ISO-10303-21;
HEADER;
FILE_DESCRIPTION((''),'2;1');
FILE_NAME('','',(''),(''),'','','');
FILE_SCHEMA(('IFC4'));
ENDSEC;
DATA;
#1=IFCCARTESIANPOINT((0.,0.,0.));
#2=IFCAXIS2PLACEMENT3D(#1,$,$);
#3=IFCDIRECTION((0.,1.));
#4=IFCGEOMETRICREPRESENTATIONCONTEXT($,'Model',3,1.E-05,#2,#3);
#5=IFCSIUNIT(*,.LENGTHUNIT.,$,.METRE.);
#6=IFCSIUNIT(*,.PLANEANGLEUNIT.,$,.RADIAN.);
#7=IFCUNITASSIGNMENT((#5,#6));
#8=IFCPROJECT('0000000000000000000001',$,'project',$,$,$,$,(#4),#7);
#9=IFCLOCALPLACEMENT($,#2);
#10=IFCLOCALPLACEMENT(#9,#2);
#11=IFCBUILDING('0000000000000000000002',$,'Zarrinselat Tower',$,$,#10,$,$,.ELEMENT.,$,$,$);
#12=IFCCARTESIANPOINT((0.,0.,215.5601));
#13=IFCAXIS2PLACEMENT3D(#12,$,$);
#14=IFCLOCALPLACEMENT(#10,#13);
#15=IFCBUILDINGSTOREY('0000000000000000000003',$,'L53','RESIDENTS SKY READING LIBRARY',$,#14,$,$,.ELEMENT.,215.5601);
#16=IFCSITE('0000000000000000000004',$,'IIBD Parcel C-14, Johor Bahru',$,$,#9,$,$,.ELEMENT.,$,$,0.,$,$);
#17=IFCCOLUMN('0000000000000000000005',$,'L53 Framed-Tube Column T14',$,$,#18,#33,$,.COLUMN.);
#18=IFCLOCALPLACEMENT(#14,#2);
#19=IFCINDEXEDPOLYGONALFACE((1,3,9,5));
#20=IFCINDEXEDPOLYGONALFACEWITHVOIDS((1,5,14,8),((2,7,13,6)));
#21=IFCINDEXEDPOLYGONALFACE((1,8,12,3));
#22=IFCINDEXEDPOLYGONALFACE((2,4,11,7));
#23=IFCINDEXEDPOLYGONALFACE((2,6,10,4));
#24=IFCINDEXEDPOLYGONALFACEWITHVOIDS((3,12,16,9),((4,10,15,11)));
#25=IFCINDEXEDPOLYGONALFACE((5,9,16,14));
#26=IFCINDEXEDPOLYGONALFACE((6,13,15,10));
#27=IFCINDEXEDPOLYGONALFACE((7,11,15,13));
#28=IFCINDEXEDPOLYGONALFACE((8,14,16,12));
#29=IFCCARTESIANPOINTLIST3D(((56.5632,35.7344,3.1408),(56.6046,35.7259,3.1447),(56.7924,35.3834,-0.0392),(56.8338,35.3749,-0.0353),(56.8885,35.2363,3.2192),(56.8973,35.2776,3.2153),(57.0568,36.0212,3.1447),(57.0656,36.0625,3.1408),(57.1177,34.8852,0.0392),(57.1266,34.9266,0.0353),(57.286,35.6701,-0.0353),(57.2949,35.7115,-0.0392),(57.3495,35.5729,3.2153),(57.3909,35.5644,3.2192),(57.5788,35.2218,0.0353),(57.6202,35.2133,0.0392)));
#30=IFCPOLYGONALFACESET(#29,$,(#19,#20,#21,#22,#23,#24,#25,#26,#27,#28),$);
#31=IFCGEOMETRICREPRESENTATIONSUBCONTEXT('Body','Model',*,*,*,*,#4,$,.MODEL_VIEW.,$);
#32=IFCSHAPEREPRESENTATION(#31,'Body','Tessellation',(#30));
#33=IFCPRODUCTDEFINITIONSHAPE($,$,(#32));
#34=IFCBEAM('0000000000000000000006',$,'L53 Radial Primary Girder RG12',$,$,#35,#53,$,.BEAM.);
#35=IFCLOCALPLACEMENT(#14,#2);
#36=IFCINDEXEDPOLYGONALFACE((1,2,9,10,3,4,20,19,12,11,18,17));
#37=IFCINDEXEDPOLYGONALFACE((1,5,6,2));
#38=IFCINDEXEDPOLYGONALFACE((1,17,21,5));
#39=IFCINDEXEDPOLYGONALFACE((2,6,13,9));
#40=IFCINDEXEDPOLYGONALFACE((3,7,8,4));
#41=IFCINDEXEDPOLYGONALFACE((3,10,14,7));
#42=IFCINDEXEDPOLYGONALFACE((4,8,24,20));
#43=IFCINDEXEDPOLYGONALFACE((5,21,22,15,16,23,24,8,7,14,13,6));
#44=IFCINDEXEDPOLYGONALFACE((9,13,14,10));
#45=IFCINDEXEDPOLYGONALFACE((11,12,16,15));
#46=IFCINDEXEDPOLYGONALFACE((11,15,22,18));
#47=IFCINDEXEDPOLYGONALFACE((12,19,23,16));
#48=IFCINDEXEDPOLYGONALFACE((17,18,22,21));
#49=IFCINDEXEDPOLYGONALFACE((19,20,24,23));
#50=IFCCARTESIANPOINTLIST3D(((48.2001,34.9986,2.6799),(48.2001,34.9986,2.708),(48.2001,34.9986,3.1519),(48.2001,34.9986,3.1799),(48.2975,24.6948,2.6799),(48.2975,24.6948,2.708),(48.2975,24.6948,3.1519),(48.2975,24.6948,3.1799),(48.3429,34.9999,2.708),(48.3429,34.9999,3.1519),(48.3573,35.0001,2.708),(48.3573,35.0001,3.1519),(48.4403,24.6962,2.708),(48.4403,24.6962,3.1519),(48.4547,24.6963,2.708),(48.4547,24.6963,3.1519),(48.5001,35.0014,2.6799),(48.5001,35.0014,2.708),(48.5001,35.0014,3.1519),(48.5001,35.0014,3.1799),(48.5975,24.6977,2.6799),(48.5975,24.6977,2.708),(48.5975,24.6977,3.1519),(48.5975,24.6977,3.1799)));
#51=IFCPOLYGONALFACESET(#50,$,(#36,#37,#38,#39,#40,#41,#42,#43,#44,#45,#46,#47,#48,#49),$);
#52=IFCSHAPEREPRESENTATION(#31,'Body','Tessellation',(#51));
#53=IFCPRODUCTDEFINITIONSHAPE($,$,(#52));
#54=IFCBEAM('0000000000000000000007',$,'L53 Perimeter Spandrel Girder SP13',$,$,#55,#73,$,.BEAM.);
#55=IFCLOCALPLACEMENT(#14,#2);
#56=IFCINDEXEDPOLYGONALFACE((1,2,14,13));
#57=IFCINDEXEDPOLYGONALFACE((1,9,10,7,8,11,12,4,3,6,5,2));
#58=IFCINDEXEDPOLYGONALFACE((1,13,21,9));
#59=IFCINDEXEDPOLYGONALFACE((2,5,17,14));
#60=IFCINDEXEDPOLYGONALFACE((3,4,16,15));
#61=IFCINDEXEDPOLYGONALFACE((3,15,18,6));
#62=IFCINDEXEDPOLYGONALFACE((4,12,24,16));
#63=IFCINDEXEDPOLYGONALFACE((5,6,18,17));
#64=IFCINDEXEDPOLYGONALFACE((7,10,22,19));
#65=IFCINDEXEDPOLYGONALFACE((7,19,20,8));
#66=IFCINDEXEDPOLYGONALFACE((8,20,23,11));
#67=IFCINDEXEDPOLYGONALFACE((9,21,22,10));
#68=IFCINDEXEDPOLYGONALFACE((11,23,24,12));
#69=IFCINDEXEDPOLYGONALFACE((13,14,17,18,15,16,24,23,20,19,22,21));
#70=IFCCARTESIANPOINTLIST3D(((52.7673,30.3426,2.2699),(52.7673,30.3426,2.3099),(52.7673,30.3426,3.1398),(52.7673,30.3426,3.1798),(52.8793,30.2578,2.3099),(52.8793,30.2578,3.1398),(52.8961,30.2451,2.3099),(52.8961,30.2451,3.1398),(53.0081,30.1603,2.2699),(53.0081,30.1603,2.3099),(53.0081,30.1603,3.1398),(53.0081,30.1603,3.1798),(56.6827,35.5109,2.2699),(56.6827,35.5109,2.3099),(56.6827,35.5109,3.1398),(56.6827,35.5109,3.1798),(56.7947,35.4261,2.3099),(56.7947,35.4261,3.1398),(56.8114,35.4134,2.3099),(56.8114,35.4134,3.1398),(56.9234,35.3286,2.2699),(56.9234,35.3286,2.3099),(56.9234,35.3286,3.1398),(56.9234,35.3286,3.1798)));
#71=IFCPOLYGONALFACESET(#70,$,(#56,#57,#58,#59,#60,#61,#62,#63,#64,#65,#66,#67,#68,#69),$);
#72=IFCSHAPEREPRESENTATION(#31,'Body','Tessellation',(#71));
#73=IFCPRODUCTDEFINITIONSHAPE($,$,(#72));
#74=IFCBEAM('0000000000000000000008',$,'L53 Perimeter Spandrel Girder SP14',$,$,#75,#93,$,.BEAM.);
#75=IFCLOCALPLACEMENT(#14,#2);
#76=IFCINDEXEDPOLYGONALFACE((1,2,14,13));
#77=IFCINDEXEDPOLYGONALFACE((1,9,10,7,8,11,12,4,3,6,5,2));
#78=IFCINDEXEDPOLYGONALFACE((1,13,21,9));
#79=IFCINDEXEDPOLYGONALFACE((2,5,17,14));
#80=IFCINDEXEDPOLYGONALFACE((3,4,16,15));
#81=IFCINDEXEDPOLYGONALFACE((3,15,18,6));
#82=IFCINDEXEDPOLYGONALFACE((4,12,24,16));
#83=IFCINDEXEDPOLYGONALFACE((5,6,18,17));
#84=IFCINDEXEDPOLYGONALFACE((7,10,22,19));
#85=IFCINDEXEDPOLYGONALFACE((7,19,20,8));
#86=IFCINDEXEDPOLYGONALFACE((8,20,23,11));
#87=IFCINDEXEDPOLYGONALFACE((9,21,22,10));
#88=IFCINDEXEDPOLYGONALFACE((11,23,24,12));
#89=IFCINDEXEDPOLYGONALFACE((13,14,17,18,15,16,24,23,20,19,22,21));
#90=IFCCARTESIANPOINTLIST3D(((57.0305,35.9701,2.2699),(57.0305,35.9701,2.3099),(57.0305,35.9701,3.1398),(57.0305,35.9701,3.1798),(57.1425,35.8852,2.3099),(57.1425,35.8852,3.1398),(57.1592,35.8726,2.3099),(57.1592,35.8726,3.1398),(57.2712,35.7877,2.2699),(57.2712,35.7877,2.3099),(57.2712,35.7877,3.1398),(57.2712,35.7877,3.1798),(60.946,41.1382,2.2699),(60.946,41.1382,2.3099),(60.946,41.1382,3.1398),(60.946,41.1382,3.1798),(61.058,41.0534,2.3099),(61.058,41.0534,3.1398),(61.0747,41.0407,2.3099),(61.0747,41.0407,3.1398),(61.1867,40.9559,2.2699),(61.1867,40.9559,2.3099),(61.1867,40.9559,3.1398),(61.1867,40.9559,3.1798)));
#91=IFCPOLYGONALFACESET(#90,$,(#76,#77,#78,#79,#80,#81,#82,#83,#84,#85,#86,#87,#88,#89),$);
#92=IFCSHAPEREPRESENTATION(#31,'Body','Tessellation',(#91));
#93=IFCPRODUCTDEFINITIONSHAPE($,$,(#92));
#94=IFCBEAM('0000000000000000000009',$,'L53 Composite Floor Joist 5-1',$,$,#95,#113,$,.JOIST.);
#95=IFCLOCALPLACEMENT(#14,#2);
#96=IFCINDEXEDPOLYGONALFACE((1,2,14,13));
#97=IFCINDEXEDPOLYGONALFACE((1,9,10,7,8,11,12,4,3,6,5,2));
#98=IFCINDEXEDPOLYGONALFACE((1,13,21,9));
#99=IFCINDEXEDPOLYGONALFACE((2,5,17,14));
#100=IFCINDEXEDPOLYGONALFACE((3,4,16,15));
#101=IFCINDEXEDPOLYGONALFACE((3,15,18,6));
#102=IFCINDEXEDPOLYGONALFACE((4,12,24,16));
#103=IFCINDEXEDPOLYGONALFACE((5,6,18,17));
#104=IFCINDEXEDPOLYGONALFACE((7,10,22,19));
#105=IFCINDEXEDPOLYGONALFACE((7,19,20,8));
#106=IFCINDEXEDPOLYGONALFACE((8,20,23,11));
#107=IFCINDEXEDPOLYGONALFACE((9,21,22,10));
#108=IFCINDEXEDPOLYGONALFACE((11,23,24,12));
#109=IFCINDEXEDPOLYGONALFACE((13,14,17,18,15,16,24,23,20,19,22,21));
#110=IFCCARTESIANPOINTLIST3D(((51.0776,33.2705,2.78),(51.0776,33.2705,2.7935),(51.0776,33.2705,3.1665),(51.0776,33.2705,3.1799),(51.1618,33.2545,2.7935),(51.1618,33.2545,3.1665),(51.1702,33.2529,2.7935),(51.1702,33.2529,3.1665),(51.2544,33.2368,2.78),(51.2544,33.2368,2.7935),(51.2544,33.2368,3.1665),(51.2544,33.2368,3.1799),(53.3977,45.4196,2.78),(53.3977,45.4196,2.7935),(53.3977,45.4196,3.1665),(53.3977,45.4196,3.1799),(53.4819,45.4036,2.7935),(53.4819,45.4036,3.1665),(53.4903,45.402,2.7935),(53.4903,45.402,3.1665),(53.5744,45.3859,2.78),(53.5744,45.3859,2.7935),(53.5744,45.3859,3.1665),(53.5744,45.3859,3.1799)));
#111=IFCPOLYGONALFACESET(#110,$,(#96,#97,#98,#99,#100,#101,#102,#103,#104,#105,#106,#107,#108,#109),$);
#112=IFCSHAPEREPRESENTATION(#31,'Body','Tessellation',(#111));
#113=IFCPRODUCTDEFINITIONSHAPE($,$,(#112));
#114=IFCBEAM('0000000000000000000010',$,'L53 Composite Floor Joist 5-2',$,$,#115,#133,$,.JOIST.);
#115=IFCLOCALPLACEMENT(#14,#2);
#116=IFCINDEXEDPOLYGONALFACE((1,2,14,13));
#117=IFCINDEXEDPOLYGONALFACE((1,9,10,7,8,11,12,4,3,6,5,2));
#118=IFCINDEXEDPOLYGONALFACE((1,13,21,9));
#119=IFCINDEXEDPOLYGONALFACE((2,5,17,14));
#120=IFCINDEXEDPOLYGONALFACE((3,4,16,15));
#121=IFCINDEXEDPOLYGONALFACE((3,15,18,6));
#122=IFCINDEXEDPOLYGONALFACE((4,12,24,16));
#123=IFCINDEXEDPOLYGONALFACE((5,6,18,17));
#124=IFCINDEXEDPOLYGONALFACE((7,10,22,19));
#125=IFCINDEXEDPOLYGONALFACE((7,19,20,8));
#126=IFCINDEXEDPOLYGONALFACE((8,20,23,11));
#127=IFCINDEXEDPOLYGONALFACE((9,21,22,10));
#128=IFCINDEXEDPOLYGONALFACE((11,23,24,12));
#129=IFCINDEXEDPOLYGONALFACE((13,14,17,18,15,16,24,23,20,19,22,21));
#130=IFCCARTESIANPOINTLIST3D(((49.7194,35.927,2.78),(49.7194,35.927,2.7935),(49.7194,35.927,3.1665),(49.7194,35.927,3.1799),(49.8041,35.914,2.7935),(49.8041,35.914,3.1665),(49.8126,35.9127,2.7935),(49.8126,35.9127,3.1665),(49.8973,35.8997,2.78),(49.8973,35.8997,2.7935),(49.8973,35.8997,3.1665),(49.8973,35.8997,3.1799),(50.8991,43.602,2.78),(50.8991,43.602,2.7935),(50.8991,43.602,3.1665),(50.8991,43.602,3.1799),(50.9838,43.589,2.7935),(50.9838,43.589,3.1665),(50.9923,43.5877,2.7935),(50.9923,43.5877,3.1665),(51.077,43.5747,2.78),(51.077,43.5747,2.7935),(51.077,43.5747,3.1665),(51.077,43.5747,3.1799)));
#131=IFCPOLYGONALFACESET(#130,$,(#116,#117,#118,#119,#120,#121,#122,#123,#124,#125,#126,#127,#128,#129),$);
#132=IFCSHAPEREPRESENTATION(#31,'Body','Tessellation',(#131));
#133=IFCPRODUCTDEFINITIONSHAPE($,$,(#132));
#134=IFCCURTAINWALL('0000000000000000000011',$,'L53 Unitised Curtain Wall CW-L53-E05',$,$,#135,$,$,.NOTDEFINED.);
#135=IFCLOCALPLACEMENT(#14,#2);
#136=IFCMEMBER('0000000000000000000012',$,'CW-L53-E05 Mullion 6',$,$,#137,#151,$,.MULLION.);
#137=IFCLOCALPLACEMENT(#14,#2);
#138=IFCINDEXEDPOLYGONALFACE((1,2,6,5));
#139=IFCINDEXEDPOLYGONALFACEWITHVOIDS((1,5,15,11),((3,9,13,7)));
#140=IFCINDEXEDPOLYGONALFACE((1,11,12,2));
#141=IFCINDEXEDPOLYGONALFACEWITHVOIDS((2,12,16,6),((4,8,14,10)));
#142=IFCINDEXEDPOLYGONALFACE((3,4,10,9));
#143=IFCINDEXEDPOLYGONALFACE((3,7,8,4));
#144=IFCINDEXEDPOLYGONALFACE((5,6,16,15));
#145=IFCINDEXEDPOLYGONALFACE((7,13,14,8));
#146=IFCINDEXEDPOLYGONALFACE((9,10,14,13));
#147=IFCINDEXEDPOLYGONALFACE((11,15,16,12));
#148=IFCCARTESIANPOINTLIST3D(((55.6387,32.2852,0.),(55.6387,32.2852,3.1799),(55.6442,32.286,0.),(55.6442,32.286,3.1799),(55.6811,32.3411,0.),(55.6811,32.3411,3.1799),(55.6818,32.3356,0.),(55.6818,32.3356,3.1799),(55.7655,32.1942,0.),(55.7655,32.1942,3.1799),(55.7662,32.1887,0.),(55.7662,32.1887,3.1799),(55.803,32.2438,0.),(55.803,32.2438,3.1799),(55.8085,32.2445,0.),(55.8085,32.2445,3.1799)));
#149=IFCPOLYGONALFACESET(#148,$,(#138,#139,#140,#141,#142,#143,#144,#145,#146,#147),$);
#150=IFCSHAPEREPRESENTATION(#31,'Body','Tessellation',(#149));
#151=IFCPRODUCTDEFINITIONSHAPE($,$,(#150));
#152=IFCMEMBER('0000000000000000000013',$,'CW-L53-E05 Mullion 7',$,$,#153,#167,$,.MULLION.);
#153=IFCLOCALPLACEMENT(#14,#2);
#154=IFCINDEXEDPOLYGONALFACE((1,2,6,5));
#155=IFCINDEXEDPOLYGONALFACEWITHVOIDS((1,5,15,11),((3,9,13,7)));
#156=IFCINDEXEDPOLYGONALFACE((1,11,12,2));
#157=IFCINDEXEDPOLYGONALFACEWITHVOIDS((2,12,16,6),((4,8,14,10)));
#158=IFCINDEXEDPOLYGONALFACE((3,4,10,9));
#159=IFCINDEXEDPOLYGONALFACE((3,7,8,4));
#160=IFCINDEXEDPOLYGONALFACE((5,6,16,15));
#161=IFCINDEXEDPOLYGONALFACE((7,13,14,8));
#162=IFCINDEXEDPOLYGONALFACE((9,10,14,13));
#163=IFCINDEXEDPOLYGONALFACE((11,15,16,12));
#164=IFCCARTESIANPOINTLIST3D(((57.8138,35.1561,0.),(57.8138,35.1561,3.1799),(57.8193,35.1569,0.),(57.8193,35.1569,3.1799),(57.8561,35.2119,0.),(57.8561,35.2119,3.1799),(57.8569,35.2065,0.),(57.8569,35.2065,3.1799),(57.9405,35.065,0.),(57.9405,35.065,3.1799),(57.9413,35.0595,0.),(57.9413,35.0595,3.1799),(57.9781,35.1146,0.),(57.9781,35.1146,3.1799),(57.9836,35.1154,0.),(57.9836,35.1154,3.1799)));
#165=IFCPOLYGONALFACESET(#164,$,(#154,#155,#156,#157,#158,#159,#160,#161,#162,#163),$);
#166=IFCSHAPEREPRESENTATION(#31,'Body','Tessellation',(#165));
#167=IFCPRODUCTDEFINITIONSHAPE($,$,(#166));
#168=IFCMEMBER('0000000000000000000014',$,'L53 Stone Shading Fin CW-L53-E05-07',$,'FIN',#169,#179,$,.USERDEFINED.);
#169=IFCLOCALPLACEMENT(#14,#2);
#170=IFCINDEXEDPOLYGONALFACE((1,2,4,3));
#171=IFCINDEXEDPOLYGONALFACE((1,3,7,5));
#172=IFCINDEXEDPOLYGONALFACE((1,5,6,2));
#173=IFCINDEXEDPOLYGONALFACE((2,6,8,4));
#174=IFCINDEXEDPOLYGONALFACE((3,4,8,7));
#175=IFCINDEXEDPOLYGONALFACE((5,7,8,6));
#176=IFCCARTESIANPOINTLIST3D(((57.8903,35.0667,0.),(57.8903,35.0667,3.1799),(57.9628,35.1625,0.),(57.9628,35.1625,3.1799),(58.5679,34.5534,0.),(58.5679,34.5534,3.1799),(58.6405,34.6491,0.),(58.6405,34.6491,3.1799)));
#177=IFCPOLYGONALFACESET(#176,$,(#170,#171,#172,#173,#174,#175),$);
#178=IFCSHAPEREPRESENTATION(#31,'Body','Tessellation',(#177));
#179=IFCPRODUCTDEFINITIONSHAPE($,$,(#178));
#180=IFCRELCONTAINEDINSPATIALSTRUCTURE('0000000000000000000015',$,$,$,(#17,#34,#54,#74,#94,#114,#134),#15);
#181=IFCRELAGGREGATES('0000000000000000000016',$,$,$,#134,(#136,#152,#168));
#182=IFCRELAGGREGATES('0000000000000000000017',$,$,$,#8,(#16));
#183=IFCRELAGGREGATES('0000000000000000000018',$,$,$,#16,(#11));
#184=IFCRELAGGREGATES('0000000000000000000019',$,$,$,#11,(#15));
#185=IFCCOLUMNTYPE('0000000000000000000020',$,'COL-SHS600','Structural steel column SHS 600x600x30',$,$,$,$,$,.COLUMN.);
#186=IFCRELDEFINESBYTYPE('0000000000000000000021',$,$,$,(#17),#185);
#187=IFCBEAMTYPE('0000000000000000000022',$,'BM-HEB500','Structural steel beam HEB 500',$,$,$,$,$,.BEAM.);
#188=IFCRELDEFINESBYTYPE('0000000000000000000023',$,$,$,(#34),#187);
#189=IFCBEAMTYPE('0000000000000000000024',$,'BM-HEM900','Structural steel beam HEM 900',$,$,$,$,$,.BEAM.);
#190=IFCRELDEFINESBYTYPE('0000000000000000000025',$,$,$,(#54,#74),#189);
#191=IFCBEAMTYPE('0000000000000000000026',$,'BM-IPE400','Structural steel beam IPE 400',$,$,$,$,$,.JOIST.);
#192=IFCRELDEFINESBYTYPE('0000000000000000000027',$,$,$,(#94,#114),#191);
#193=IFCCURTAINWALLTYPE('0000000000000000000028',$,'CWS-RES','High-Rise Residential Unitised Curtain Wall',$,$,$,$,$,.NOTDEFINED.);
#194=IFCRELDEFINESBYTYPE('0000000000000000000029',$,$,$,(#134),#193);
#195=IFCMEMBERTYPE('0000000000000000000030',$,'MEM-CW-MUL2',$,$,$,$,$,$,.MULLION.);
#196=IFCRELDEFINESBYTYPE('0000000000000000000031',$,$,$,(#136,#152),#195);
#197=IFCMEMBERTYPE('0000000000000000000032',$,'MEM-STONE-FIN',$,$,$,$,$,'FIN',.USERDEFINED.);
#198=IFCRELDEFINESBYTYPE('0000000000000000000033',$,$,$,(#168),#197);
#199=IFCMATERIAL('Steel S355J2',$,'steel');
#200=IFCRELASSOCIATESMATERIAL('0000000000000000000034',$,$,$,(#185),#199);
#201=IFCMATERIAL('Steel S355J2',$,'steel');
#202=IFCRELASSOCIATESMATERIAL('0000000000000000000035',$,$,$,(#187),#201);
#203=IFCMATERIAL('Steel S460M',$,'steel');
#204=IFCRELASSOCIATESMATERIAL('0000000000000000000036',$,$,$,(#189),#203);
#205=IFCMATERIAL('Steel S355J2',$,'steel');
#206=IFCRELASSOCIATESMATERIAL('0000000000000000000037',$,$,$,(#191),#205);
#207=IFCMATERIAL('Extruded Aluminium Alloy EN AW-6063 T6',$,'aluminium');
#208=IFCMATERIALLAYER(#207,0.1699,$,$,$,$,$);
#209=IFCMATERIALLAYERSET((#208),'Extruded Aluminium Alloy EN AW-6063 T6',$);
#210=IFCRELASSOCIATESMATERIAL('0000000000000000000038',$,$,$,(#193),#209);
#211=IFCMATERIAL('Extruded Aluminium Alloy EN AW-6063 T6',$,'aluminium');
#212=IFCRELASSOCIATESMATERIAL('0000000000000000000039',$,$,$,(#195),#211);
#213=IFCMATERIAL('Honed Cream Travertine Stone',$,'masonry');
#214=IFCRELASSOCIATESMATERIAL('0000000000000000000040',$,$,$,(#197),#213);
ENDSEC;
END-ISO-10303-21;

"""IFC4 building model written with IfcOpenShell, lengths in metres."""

from ifc_helpers import new_model, si_unit, direction, frame, origin, origin_2d, place, context, subcontext, project, spatial, rectangle, hollow_rectangle, i_section, extrude, material, layer, layer_set, material_profile, profile_set, type_object, element, aggregate, save


model = new_model("IFC4")

# Units and contexts
model_context = context("Model", 3, precision=1e-05, world=origin(), true_north=direction((0.0, 1.0)))
body_context = subcontext(model_context, "Body", "Model", "MODEL_VIEW")
ifc_project = project(units=[si_unit("LENGTHUNIT", "METRE"), si_unit("PLANEANGLEUNIT", "RADIAN")], contexts=[model_context])

# Site, building, storey
site_placement = place(None, origin())
site = spatial("IfcSite", under=ifc_project, at=site_placement, Name="IIBD Parcel C-14, Johor Bahru", CompositionType="ELEMENT", RefElevation=0.0)
building_placement = place(site_placement, origin())
building = spatial("IfcBuilding", under=site, at=building_placement, Name="Zarrinselat Tower", CompositionType="ELEMENT")
storey_placement = place(building_placement, frame((0.0, 0.0, 215.5601)))
storey = spatial("IfcBuildingStorey", under=building, at=storey_placement, Name="L53", Description="RESIDENTS SKY READING LIBRARY", CompositionType="ELEMENT", Elevation=215.5601)

# Column
ifc_material_1 = material(Name="Steel S355J2", Category="steel")
ifc_material_profile_1 = material_profile(ifc_material_1, hollow_rectangle(XDim=0.6001, YDim=0.6001, WallThickness=0.03, at=origin_2d()), Name="SHS 600x600x30")
ifc_profile_set_1 = profile_set([ifc_material_profile_1], Name="Steel S355J2")
column_type = type_object("IfcColumnType", Name="COL-SHS600", Description="Structural steel column SHS 600x600x30", PredefinedType="COLUMN", material=ifc_profile_set_1)
column_placement = place(storey_placement, frame((57.2063, 35.2983, 0.0), z_axis=(-0.071473, 0.109456, 0.991419), x_axis=(-0.837298, -0.546747, 0.0)))
element("IfcColumn", 1, at=column_placement, inside=storey, type_object=column_type, Name="L53 Framed-Tube Column T14", PredefinedType="COLUMN", context=body_context, shape_type="SweptSolid", body=[
    extrude(hollow_rectangle(XDim=0.6001, YDim=0.6001, WallThickness=0.03, at=origin_2d()), origin(), (0.0, 0.0, 1.0), 3.2075),
])

# Beams
ifc_material_2 = material(Name="Steel S355J2", Category="steel")
ifc_material_profile_2 = material_profile(ifc_material_2, i_section(OverallWidth=0.3, OverallDepth=0.5, WebThickness=0.0144, FlangeThickness=0.0281, at=origin_2d()), Name="HEB 500")
ifc_profile_set_2 = profile_set([ifc_material_profile_2], Name="Steel S355J2")
beam_type_1 = type_object("IfcBeamType", Name="BM-HEB500", Description="Structural steel beam HEB 500", PredefinedType="BEAM", material=ifc_profile_set_2)
beam_1_placement = place(storey_placement, frame((48.3501, 35.0, 2.9299), z_axis=(0.009454, -0.999955, 0.0), x_axis=(0.999955, 0.009454, 0.0)))
element("IfcBeam", 2, at=beam_1_placement, inside=storey, type_object=beam_type_1, Name="L53 Radial Primary Girder RG12", PredefinedType="BEAM", context=body_context, shape_type="SweptSolid", body=[
    extrude(i_section(OverallWidth=0.3, OverallDepth=0.5, WebThickness=0.0144, FlangeThickness=0.0281, at=origin_2d()), origin(), (0.0, 0.0, 1.0), 10.3042),
])
ifc_material_3 = material(Name="Steel S460M", Category="steel")
ifc_material_profile_3 = material_profile(ifc_material_3, i_section(OverallWidth=0.302, OverallDepth=0.9099, WebThickness=0.021, FlangeThickness=0.04, at=origin_2d()), Name="HEM 900")
ifc_profile_set_3 = profile_set([ifc_material_profile_3], Name="Steel S460M")
beam_type_2 = type_object("IfcBeamType", Name="BM-HEM900", Description="Structural steel beam HEM 900", PredefinedType="BEAM", material=ifc_profile_set_3)
for number, where, z_axis, x_axis, name in (
    (3, (52.8877, 30.2515, 2.7249), (0.603855, 0.797094, 0.0), (-0.797094, 0.603855, 0.0), "L53 Perimeter Spandrel Girder SP13"),
    (4, (57.1509, 35.8789, 2.7249), (0.603879, 0.797076, 0.0), (-0.797076, 0.603879, 0.0), "L53 Perimeter Spandrel Girder SP14"),
):
    element("IfcBeam", number, at=place(storey_placement, frame(where, z_axis=z_axis, x_axis=x_axis)), inside=storey, type_object=beam_type_2, Name=name, PredefinedType="BEAM", context=body_context, shape_type="SweptSolid", body=[
        extrude(i_section(OverallWidth=0.302, OverallDepth=0.9099, WebThickness=0.021, FlangeThickness=0.04, at=origin_2d()), origin(), (0.0, 0.0, 1.0), 6.4839),
    ])
ifc_material_4 = material(Name="Steel S355J2", Category="steel")
ifc_material_profile_4 = material_profile(ifc_material_4, i_section(OverallWidth=0.1799, OverallDepth=0.3999, WebThickness=0.0085, FlangeThickness=0.0134, at=origin_2d()), Name="IPE 400")
ifc_profile_set_4 = profile_set([ifc_material_profile_4], Name="Steel S355J2")
beam_type_3 = type_object("IfcBeamType", Name="BM-IPE400", Description="Structural steel beam IPE 400", PredefinedType="JOIST", material=ifc_profile_set_4)
beam_2_placement = place(storey_placement, frame((51.166, 33.2537, 2.98), z_axis=(0.187576, 0.98225, 0.0), x_axis=(-0.98225, 0.187576, 0.0)))
element("IfcBeam", 5, at=beam_2_placement, inside=storey, type_object=beam_type_3, Name="L53 Composite Floor Joist 5-1", PredefinedType="JOIST", context=body_context, shape_type="SweptSolid", body=[
    extrude(i_section(OverallWidth=0.1799, OverallDepth=0.3999, WebThickness=0.0085, FlangeThickness=0.0134, at=origin_2d()), origin(), (0.0, 0.0, 1.0), 12.3687),
])
beam_3_placement = place(storey_placement, frame((49.8083, 35.9133, 2.98), z_axis=(0.15192, 0.988393, 0.0), x_axis=(-0.988393, 0.15192, 0.0)))
element("IfcBeam", 6, at=beam_3_placement, inside=storey, type_object=beam_type_3, Name="L53 Composite Floor Joist 5-2", PredefinedType="JOIST", context=body_context, shape_type="SweptSolid", body=[
    extrude(i_section(OverallWidth=0.1799, OverallDepth=0.3999, WebThickness=0.0085, FlangeThickness=0.0134, at=origin_2d()), origin(), (0.0, 0.0, 1.0), 7.7651),
])

# Curtain wall, members
ifc_material_5 = material(Name="Extruded Aluminium Alloy EN AW-6063 T6", Category="aluminium")
ifc_layer_1 = layer(ifc_material_5, 0.1699)
ifc_layer_set_1 = layer_set([ifc_layer_1], Name="Extruded Aluminium Alloy EN AW-6063 T6")
curtain_wall_type = type_object("IfcCurtainWallType", Name="CWS-RES", Description="High-Rise Residential Unitised Curtain Wall", PredefinedType="NOTDEFINED", material=ifc_layer_set_1)
curtain_wall_placement = place(storey_placement, origin())
curtain_wall = element("IfcCurtainWall", 7, at=curtain_wall_placement, inside=storey, type_object=curtain_wall_type, Name="L53 Unitised Curtain Wall CW-L53-E05", PredefinedType="NOTDEFINED")
ifc_material_6 = material(Name="Extruded Aluminium Alloy EN AW-6063 T6", Category="aluminium")
ifc_material_profile_5 = material_profile(ifc_material_6, hollow_rectangle(XDim=0.0701, YDim=0.1599, WallThickness=0.0039, at=origin_2d()), Name="RHS 160x70x4")
ifc_profile_set_5 = profile_set([ifc_material_profile_5], Name="Extruded Aluminium Alloy EN AW-6063 T6")
member_type_1 = type_object("IfcMemberType", Name="MEM-CW-MUL2", PredefinedType="MULLION", material=ifc_profile_set_5)
member_1_placement = place(storey_placement, frame((55.7236, 32.2649, 0.0), z_axis=(0.0, 0.0, 1.0), x_axis=(0.603859, 0.797091, 0.0)))
member_1 = element("IfcMember", 8, at=member_1_placement, type_object=member_type_1, Name="CW-L53-E05 Mullion 6", PredefinedType="MULLION", context=body_context, shape_type="SweptSolid", body=[
    extrude(hollow_rectangle(XDim=0.0701, YDim=0.1599, WallThickness=0.0039, at=origin_2d()), origin(), (0.0, 0.0, 1.0), 3.1799),
])
member_2_placement = place(storey_placement, frame((57.8987, 35.1357, 0.0), z_axis=(0.0, 0.0, 1.0), x_axis=(0.603859, 0.797091, 0.0)))
member_2 = element("IfcMember", 9, at=member_2_placement, type_object=member_type_1, Name="CW-L53-E05 Mullion 7", PredefinedType="MULLION", context=body_context, shape_type="SweptSolid", body=[
    extrude(hollow_rectangle(XDim=0.0701, YDim=0.1599, WallThickness=0.0039, at=origin_2d()), origin(), (0.0, 0.0, 1.0), 3.1799),
])
ifc_material_7 = material(Name="Honed Cream Travertine Stone", Category="masonry")
ifc_material_profile_6 = material_profile(ifc_material_7, rectangle(XDim=0.1201, YDim=0.8501, at=origin_2d()), Name="FIN 850x120")
ifc_profile_set_6 = profile_set([ifc_material_profile_6], Name="Honed Cream Travertine Stone")
member_type_2 = type_object("IfcMemberType", Name="MEM-STONE-FIN", ElementType="FIN", PredefinedType="USERDEFINED", material=ifc_profile_set_6)
member_3_placement = place(storey_placement, frame((58.2654, 34.8579, 0.0), z_axis=(0.0, 0.0, 1.0), x_axis=(-0.603859, -0.797091, 0.0)))
member_3 = element("IfcMember", 10, at=member_3_placement, type_object=member_type_2, Name="L53 Stone Shading Fin CW-L53-E05-07", ObjectType="FIN", PredefinedType="USERDEFINED", context=body_context, shape_type="SweptSolid", body=[
    extrude(rectangle(XDim=0.1201, YDim=0.8501, at=origin_2d()), origin(), (0.0, 0.0, 1.0), 3.1799),
])
aggregate(curtain_wall, [member_1, member_2, member_3])

save(model, "model.ifc")
